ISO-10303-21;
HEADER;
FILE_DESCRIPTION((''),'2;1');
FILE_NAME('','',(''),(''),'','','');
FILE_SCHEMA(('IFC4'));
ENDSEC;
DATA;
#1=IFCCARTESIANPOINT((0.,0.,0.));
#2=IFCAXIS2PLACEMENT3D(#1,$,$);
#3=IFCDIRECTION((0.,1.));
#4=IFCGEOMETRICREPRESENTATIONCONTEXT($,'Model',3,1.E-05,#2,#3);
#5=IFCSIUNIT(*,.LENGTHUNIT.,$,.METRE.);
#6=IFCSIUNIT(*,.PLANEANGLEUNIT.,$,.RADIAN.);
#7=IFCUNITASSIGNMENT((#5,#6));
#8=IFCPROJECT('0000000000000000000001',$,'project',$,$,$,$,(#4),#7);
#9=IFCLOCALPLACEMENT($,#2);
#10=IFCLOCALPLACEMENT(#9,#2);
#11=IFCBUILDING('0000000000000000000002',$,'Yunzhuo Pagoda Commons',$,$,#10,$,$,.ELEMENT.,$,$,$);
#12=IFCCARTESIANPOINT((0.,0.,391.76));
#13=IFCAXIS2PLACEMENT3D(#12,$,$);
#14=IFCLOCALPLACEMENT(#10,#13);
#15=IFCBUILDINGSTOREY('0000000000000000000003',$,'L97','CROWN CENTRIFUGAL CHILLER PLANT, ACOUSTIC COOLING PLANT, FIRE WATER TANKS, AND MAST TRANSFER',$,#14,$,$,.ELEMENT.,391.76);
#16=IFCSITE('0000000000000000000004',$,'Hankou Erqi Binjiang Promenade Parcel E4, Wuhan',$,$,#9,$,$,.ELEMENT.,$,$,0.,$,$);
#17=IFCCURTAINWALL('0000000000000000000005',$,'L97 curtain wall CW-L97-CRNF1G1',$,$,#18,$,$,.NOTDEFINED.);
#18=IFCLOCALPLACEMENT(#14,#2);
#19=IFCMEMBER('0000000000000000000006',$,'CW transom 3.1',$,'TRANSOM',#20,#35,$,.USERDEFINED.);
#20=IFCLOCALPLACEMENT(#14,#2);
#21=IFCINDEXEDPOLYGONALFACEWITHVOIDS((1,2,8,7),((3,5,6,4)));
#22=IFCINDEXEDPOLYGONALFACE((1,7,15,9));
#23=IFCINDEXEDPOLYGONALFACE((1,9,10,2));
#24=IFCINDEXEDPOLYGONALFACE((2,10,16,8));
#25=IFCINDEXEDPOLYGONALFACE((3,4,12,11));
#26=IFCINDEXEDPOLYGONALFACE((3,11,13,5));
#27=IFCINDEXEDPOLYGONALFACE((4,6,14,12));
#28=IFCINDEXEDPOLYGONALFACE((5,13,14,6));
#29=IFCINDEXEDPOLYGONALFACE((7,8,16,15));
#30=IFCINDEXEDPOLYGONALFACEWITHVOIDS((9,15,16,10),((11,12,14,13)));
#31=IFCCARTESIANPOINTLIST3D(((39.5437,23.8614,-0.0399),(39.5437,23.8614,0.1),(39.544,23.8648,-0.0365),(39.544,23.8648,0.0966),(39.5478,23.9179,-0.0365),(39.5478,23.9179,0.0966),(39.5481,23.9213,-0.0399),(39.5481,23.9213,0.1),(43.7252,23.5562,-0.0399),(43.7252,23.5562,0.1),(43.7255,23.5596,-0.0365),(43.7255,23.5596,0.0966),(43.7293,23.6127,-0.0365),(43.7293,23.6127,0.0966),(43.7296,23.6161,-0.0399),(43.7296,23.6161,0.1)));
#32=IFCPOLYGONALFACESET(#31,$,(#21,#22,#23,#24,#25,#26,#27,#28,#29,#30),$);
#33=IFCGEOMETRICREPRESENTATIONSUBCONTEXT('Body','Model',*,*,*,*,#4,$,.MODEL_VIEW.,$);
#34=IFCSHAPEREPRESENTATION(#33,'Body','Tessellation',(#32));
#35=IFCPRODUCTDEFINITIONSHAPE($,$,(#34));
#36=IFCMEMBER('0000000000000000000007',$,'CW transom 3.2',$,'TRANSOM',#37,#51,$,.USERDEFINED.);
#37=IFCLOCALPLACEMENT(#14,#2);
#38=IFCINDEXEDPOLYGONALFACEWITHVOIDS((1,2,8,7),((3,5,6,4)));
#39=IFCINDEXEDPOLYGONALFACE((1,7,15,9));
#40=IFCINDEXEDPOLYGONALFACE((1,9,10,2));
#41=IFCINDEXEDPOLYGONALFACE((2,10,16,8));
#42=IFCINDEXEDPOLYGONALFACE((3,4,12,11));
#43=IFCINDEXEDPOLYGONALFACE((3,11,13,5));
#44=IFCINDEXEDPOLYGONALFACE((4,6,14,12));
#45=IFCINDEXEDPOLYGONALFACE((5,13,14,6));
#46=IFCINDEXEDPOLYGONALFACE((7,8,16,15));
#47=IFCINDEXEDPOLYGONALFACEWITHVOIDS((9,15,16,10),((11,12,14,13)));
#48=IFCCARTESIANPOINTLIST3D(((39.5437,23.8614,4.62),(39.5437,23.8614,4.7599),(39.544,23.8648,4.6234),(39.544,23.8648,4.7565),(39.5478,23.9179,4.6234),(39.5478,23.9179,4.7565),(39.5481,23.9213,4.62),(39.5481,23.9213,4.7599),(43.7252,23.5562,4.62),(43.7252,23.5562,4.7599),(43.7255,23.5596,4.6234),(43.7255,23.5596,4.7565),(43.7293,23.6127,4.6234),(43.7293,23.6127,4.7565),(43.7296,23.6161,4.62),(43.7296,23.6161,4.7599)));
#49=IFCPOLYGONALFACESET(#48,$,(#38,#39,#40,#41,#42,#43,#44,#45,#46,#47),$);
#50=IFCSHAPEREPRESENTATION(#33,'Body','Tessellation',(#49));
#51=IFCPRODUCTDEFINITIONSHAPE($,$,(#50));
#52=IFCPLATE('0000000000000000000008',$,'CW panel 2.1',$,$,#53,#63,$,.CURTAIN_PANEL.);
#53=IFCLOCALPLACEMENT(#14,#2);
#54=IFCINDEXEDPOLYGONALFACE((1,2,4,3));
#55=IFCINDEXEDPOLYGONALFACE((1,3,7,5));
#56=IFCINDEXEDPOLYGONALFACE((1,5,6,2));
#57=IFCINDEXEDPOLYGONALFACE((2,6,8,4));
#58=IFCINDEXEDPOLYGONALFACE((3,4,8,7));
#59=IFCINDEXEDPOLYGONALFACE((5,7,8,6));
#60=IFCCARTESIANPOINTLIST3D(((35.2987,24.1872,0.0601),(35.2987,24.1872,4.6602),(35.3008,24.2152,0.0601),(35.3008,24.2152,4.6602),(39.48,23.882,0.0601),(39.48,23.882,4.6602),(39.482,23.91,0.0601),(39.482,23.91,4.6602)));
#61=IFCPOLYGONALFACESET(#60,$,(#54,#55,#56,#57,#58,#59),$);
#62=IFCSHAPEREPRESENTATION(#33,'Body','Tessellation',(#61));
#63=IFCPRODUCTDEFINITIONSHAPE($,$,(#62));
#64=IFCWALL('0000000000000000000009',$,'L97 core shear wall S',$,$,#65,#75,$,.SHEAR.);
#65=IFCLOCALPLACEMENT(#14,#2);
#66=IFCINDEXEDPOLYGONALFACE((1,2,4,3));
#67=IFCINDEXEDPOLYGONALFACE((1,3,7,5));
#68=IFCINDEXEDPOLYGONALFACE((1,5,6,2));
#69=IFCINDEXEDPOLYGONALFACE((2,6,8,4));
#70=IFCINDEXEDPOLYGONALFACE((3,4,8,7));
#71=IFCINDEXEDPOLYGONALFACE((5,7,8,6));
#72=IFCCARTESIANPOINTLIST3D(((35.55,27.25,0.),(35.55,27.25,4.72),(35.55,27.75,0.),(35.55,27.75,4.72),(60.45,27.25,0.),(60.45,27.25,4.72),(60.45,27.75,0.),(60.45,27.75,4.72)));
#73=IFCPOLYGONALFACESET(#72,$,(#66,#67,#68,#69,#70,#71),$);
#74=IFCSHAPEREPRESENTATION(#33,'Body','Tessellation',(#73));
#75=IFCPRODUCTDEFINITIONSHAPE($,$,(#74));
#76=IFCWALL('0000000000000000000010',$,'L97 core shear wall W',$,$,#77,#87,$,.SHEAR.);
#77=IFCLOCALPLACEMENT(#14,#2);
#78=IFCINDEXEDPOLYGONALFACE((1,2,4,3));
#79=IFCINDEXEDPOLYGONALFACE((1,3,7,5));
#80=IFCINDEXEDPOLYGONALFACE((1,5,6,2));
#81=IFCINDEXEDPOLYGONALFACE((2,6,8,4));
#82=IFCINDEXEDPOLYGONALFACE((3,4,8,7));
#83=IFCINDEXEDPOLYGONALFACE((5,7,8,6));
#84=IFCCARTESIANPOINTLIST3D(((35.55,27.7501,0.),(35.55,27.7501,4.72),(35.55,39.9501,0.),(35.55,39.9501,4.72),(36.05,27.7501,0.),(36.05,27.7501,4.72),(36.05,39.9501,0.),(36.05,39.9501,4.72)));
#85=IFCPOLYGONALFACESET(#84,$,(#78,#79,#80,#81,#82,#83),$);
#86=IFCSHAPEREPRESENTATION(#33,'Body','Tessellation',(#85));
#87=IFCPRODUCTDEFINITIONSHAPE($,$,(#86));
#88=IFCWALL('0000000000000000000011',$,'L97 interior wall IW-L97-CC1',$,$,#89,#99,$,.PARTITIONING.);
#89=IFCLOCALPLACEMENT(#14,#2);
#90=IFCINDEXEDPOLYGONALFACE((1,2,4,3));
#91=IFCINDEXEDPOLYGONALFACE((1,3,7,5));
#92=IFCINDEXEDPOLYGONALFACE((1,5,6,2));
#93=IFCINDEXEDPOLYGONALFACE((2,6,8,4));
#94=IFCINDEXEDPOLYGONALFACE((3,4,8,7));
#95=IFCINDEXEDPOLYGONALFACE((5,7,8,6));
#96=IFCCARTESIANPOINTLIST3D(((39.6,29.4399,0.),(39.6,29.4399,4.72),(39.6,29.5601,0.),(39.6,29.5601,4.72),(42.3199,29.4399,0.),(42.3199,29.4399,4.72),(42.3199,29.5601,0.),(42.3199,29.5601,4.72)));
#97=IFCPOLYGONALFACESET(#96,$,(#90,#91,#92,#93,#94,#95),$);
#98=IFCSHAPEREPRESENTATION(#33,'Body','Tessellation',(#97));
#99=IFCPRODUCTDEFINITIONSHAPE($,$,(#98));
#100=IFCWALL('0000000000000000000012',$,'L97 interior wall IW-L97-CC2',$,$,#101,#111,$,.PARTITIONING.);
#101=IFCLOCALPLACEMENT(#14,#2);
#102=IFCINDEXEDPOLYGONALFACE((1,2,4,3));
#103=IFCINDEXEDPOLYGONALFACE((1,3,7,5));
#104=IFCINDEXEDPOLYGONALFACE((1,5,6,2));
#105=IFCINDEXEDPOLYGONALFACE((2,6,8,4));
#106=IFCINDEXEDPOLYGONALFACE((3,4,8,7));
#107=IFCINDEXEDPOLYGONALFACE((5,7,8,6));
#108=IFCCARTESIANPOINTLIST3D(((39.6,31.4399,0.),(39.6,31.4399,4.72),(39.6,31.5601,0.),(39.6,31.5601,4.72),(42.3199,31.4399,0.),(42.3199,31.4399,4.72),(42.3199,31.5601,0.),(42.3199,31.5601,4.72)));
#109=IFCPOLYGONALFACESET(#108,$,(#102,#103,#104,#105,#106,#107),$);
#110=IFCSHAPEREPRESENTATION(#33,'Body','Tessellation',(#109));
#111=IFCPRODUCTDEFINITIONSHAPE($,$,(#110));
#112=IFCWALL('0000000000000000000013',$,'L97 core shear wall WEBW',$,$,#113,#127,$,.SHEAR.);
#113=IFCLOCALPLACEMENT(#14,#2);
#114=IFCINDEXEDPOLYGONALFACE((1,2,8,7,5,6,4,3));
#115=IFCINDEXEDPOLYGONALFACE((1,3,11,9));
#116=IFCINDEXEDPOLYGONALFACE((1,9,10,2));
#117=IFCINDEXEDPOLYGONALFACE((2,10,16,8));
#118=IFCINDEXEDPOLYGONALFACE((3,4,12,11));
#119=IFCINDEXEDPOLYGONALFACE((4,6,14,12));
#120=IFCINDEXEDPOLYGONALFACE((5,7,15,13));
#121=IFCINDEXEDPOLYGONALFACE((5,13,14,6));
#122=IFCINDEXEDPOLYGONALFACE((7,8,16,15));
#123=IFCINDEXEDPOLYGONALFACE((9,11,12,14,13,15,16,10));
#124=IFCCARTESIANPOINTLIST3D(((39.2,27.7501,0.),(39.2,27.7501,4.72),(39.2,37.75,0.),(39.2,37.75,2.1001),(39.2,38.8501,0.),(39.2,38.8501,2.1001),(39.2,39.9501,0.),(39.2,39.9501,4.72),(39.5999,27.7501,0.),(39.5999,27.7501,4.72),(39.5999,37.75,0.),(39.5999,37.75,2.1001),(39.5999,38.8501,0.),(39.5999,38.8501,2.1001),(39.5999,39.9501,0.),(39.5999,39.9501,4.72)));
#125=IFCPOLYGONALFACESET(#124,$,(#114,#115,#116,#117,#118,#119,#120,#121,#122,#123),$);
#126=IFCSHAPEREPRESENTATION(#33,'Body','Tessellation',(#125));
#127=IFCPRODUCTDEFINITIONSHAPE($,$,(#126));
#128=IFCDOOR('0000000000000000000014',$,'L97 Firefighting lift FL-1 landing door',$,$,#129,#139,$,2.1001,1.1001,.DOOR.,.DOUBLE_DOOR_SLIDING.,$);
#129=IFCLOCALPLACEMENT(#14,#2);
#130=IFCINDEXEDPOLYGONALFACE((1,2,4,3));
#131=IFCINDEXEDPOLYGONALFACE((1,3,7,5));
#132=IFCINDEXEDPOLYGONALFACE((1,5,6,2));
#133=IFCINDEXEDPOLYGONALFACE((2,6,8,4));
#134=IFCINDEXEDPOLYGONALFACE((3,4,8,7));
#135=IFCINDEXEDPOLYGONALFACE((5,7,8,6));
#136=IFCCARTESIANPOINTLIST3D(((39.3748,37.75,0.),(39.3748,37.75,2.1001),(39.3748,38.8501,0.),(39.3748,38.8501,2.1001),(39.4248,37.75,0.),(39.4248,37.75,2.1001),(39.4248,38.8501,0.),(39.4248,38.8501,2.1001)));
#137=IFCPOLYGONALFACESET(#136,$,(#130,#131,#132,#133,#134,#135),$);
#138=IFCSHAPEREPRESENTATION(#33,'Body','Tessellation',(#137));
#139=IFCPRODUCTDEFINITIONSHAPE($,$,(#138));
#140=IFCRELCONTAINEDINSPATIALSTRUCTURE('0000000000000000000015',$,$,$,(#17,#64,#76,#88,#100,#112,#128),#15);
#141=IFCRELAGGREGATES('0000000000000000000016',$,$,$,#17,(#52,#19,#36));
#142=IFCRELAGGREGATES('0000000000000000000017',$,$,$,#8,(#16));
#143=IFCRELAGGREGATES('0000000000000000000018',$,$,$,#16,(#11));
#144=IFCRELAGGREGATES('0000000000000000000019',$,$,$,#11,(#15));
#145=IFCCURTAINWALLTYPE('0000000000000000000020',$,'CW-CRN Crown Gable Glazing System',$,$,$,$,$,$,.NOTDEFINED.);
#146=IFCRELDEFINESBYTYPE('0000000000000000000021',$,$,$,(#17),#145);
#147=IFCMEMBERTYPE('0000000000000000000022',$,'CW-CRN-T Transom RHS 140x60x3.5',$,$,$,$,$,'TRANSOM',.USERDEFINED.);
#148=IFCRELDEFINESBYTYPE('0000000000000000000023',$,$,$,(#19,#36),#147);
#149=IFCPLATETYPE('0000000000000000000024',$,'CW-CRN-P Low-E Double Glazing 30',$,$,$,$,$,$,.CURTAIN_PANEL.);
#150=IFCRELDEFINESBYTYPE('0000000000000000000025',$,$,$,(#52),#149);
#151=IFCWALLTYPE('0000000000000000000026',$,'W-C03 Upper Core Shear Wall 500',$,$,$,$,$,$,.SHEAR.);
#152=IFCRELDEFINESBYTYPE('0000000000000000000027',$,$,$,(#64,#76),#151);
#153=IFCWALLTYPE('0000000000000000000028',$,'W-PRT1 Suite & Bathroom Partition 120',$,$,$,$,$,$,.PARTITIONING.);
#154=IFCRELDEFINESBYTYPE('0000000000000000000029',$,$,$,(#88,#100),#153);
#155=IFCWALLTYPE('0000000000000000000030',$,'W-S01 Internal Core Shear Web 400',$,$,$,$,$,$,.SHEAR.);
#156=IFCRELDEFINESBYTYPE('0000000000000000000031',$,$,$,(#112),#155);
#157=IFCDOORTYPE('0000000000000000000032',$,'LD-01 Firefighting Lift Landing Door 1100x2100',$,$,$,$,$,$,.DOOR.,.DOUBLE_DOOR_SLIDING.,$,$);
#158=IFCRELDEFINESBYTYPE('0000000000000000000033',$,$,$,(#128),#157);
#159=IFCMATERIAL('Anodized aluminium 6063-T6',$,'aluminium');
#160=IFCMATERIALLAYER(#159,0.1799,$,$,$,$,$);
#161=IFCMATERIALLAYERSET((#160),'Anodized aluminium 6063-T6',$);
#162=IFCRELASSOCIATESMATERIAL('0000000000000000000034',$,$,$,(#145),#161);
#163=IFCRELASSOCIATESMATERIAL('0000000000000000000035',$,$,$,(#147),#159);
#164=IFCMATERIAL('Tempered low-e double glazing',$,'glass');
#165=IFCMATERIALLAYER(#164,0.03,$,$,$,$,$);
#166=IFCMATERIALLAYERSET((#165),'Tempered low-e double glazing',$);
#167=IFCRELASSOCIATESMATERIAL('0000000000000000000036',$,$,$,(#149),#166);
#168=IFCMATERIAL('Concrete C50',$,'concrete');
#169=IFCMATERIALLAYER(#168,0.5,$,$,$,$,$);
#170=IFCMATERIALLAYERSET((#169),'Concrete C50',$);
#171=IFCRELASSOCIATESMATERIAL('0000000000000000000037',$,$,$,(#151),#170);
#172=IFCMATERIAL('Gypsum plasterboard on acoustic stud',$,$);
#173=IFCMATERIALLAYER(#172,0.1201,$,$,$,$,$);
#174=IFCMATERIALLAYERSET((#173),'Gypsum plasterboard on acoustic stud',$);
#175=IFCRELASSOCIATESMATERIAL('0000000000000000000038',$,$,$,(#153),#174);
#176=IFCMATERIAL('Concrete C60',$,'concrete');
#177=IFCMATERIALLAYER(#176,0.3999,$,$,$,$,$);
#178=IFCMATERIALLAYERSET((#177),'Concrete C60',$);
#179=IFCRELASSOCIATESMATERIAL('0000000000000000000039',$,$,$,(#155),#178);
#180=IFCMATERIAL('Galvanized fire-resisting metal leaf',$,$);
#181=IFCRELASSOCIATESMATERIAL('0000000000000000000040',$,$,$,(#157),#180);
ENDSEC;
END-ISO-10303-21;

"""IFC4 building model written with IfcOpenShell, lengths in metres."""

from ifc_helpers import new_model, si_unit, direction, frame, frame_2d, origin, origin_2d, place, context, subcontext, project, spatial, rectangle, hollow_rectangle, extrude, source, transform, mapped, material, layer, layer_set, material_profile, profile_set, type_object, element, fill, aggregate, save


model = new_model("IFC4")

# Units and contexts
model_context = context("Model", 3, precision=1e-05, world=origin(), true_north=direction((0.0, 1.0)))
body_context = subcontext(model_context, "Body", "Model", "MODEL_VIEW")
ifc_project = project(units=[si_unit("LENGTHUNIT", "METRE"), si_unit("PLANEANGLEUNIT", "RADIAN")], contexts=[model_context])

# Site, building, storey
site_placement = place(None, origin())
site = spatial("IfcSite", under=ifc_project, at=site_placement, Name="Hankou Erqi Binjiang Promenade Parcel E4, Wuhan", CompositionType="ELEMENT", RefElevation=0.0)
building_placement = place(site_placement, origin())
building = spatial("IfcBuilding", under=site, at=building_placement, Name="Yunzhuo Pagoda Commons", CompositionType="ELEMENT")
storey_placement = place(building_placement, frame((0.0, 0.0, 391.76)))
storey = spatial("IfcBuildingStorey", under=building, at=storey_placement, Name="L97", Description="CROWN CENTRIFUGAL CHILLER PLANT, ACOUSTIC COOLING PLANT, FIRE WATER TANKS, AND MAST TRANSFER", CompositionType="ELEMENT", Elevation=391.76)

# Curtain wall, members, plate
ifc_material_1 = material(Name="Anodized aluminium 6063-T6", Category="aluminium")
ifc_layer_1 = layer(ifc_material_1, 0.1799)
ifc_layer_set_1 = layer_set([ifc_layer_1], Name="Anodized aluminium 6063-T6")
curtain_wall_type = type_object("IfcCurtainWallType", Name="CW-CRN Crown Gable Glazing System", PredefinedType="NOTDEFINED", material=ifc_layer_set_1)
curtain_wall_placement = place(storey_placement, origin())
curtain_wall = element("IfcCurtainWall", 1, at=curtain_wall_placement, inside=storey, type_object=curtain_wall_type, Name="L97 curtain wall CW-L97-CRNF1G1", PredefinedType="NOTDEFINED")
ifc_material_profile_1 = material_profile(ifc_material_1, hollow_rectangle(XDim=0.0601, YDim=0.1399, WallThickness=0.0034, at=origin_2d()), Name="Anodized aluminium 6063-T6")
ifc_profile_set_1 = profile_set([ifc_material_profile_1], Name="Anodized aluminium 6063-T6")
member_type_1 = type_object("IfcMemberType", Name="CW-CRN-T Transom RHS 140x60x3.5", ElementType="TRANSOM", PredefinedType="USERDEFINED", material=ifc_profile_set_1)
shared_shape_1 = source(origin(), body_context, "Body", "SweptSolid", [
    extrude(hollow_rectangle(XDim=0.0601, YDim=0.1399, WallThickness=0.0034, at=origin_2d()), origin(), (0.0, 0.0, 1.0), 4.1926),
])
member_1_placement = place(storey_placement, frame((39.5459, 23.8914, 0.03), z_axis=(0.997347, -0.072791, 0.0), x_axis=(0.072791, 0.997347, 0.0)))
member_1 = element("IfcMember", 2, at=member_1_placement, type_object=member_type_1, Name="CW transom 3.1", ObjectType="TRANSOM", PredefinedType="USERDEFINED", context=body_context, shape_type="MappedRepresentation", body=[
    mapped(shared_shape_1, transform((0.0, 0.0, 0.0), scale=1.0)),
])
member_2_placement = place(storey_placement, frame((39.5459, 23.8914, 4.6899), z_axis=(0.997347, -0.072791, 0.0), x_axis=(0.072791, 0.997347, 0.0)))
member_2 = element("IfcMember", 3, at=member_2_placement, type_object=member_type_1, Name="CW transom 3.2", ObjectType="TRANSOM", PredefinedType="USERDEFINED", context=body_context, shape_type="MappedRepresentation", body=[
    mapped(shared_shape_1, transform((0.0, 0.0, 0.0), scale=1.0)),
])
ifc_material_2 = material(Name="Tempered low-e double glazing", Category="glass")
ifc_layer_2 = layer(ifc_material_2, 0.03)
ifc_layer_set_2 = layer_set([ifc_layer_2], Name="Tempered low-e double glazing")
plate_type = type_object("IfcPlateType", Name="CW-CRN-P Low-E Double Glazing 30", PredefinedType="CURTAIN_PANEL", material=ifc_layer_set_2)
shared_shape_2 = source(origin(), body_context, "Body", "SweptSolid", [
    extrude(rectangle(XDim=4.1924, YDim=0.0281, at=origin_2d()), origin(), (0.0, 0.0, 1.0), 4.6001),
])
plate_placement = place(storey_placement, frame((37.3904, 24.0486, 0.0601), z_axis=(0.0, 0.0, 1.0), x_axis=(0.997347, -0.072796, 0.0)))
plate = element("IfcPlate", 4, at=plate_placement, type_object=plate_type, Name="CW panel 2.1", PredefinedType="CURTAIN_PANEL", context=body_context, shape_type="MappedRepresentation", body=[
    mapped(shared_shape_2, transform((0.0, 0.0, 0.0), scale=1.0)),
])
aggregate(curtain_wall, [plate, member_1, member_2])

# Walls
ifc_material_3 = material(Name="Concrete C50", Category="concrete")
ifc_layer_3 = layer(ifc_material_3, 0.5)
ifc_layer_set_3 = layer_set([ifc_layer_3], Name="Concrete C50")
wall_type_1 = type_object("IfcWallType", Name="W-C03 Upper Core Shear Wall 500", PredefinedType="SHEAR", material=ifc_layer_set_3)
wall_1_placement = place(storey_placement, frame((35.55, 27.5, 0.0), z_axis=(0.0, 0.0, 1.0), x_axis=(1.0, 0.0, 0.0)))
element("IfcWall", 5, at=wall_1_placement, inside=storey, type_object=wall_type_1, Name="L97 core shear wall S", PredefinedType="SHEAR", context=body_context, shape_type="SweptSolid", body=[
    extrude(rectangle(XDim=24.8999, YDim=0.5, at=frame_2d((12.45, 0.0))), origin(), (0.0, 0.0, 1.0), 4.72),
])
wall_2_placement = place(storey_placement, frame((35.8, 27.75, 0.0), z_axis=(0.0, 0.0, 1.0), x_axis=(0.0, 1.0, 0.0)))
element("IfcWall", 6, at=wall_2_placement, inside=storey, type_object=wall_type_1, Name="L97 core shear wall W", PredefinedType="SHEAR", context=body_context, shape_type="SweptSolid", body=[
    extrude(rectangle(XDim=12.2, YDim=0.5, at=frame_2d((6.1001, 0.0))), origin(), (0.0, 0.0, 1.0), 4.72),
])
ifc_material_4 = material(Name="Gypsum plasterboard on acoustic stud")
ifc_layer_4 = layer(ifc_material_4, 0.1201)
ifc_layer_set_4 = layer_set([ifc_layer_4], Name="Gypsum plasterboard on acoustic stud")
wall_type_2 = type_object("IfcWallType", Name="W-PRT1 Suite & Bathroom Partition 120", PredefinedType="PARTITIONING", material=ifc_layer_set_4)
for number, where, z_axis, x_axis, name in (
    (7, (39.6001, 29.5, 0.0), (0.0, 0.0, 1.0), (1.0, 0.0, 0.0), "L97 interior wall IW-L97-CC1"),
    (8, (39.6001, 31.5, 0.0), (0.0, 0.0, 1.0), (1.0, 0.0, 0.0), "L97 interior wall IW-L97-CC2"),
):
    element("IfcWall", number, at=place(storey_placement, frame(where, z_axis=z_axis, x_axis=x_axis)), inside=storey, type_object=wall_type_2, Name=name, PredefinedType="PARTITIONING", context=body_context, shape_type="SweptSolid", body=[
        extrude(rectangle(XDim=2.72, YDim=0.1201, at=frame_2d((1.3599, 0.0))), origin(), (0.0, 0.0, 1.0), 4.72),
    ])

# Wall, opening, door
ifc_material_5 = material(Name="Concrete C60", Category="concrete")
ifc_layer_5 = layer(ifc_material_5, 0.3999)
ifc_layer_set_5 = layer_set([ifc_layer_5], Name="Concrete C60")
wall_type_3 = type_object("IfcWallType", Name="W-S01 Internal Core Shear Web 400", PredefinedType="SHEAR", material=ifc_layer_set_5)
wall_3_placement = place(storey_placement, frame((39.3999, 27.75, 0.0), z_axis=(0.0, 0.0, 1.0), x_axis=(0.0, 1.0, 0.0)))
wall_3 = element("IfcWall", 9, at=wall_3_placement, inside=storey, type_object=wall_type_3, Name="L97 core shear wall WEBW", PredefinedType="SHEAR", context=body_context, shape_type="SweptSolid", body=[
    extrude(rectangle(XDim=12.2, YDim=0.3999, at=frame_2d((6.1001, 0.0))), origin(), (0.0, 0.0, 1.0), 4.72),
])
opening_placement = place(wall_3_placement, frame((10.0, 0.0, 0.0)))
opening = element("IfcOpeningElement", 10, at=opening_placement, cuts=wall_3, PredefinedType="OPENING", context=body_context, shape_type="SweptSolid", body=[
    extrude(rectangle(XDim=1.1001, YDim=2.1001, at=frame_2d((0.55, 1.05))), frame((0.0, 0.21, 0.0), z_axis=(0.0, -1.0, 0.0), x_axis=(1.0, 0.0, 0.0)), (0.0, 0.0, 1.0), 0.4199),
])
ifc_material_6 = material(Name="Galvanized fire-resisting metal leaf")
door_type = type_object("IfcDoorType", Name="LD-01 Firefighting Lift Landing Door 1100x2100", OperationType="DOUBLE_DOOR_SLIDING", PredefinedType="DOOR", material=ifc_material_6)
shared_shape_3 = source(origin(), body_context, "Body", "SweptSolid", [
    extrude(rectangle(XDim=1.1001, YDim=2.1001, at=frame_2d((0.55, 1.05))), frame((0.0, 0.0249, 0.0), z_axis=(0.0, -1.0, 0.0), x_axis=(1.0, 0.0, 0.0)), (0.0, 0.0, 1.0), 0.05),
])
door_placement = place(opening_placement, frame((1.1001, 0.0, 0.0), z_axis=(0.0, 0.0, 1.0), x_axis=(-1.0, 0.0, 0.0)))
door = element("IfcDoor", 11, at=door_placement, inside=storey, type_object=door_type, Name="L97 Firefighting lift FL-1 landing door", OperationType="DOUBLE_DOOR_SLIDING", OverallHeight=2.1001, OverallWidth=1.1001, PredefinedType="DOOR", context=body_context, shape_type="MappedRepresentation", body=[
    mapped(shared_shape_3, transform((0.0, 0.0, 0.0), scale=1.0)),
])
fill(opening, door)

save(model, "model.ifc")
